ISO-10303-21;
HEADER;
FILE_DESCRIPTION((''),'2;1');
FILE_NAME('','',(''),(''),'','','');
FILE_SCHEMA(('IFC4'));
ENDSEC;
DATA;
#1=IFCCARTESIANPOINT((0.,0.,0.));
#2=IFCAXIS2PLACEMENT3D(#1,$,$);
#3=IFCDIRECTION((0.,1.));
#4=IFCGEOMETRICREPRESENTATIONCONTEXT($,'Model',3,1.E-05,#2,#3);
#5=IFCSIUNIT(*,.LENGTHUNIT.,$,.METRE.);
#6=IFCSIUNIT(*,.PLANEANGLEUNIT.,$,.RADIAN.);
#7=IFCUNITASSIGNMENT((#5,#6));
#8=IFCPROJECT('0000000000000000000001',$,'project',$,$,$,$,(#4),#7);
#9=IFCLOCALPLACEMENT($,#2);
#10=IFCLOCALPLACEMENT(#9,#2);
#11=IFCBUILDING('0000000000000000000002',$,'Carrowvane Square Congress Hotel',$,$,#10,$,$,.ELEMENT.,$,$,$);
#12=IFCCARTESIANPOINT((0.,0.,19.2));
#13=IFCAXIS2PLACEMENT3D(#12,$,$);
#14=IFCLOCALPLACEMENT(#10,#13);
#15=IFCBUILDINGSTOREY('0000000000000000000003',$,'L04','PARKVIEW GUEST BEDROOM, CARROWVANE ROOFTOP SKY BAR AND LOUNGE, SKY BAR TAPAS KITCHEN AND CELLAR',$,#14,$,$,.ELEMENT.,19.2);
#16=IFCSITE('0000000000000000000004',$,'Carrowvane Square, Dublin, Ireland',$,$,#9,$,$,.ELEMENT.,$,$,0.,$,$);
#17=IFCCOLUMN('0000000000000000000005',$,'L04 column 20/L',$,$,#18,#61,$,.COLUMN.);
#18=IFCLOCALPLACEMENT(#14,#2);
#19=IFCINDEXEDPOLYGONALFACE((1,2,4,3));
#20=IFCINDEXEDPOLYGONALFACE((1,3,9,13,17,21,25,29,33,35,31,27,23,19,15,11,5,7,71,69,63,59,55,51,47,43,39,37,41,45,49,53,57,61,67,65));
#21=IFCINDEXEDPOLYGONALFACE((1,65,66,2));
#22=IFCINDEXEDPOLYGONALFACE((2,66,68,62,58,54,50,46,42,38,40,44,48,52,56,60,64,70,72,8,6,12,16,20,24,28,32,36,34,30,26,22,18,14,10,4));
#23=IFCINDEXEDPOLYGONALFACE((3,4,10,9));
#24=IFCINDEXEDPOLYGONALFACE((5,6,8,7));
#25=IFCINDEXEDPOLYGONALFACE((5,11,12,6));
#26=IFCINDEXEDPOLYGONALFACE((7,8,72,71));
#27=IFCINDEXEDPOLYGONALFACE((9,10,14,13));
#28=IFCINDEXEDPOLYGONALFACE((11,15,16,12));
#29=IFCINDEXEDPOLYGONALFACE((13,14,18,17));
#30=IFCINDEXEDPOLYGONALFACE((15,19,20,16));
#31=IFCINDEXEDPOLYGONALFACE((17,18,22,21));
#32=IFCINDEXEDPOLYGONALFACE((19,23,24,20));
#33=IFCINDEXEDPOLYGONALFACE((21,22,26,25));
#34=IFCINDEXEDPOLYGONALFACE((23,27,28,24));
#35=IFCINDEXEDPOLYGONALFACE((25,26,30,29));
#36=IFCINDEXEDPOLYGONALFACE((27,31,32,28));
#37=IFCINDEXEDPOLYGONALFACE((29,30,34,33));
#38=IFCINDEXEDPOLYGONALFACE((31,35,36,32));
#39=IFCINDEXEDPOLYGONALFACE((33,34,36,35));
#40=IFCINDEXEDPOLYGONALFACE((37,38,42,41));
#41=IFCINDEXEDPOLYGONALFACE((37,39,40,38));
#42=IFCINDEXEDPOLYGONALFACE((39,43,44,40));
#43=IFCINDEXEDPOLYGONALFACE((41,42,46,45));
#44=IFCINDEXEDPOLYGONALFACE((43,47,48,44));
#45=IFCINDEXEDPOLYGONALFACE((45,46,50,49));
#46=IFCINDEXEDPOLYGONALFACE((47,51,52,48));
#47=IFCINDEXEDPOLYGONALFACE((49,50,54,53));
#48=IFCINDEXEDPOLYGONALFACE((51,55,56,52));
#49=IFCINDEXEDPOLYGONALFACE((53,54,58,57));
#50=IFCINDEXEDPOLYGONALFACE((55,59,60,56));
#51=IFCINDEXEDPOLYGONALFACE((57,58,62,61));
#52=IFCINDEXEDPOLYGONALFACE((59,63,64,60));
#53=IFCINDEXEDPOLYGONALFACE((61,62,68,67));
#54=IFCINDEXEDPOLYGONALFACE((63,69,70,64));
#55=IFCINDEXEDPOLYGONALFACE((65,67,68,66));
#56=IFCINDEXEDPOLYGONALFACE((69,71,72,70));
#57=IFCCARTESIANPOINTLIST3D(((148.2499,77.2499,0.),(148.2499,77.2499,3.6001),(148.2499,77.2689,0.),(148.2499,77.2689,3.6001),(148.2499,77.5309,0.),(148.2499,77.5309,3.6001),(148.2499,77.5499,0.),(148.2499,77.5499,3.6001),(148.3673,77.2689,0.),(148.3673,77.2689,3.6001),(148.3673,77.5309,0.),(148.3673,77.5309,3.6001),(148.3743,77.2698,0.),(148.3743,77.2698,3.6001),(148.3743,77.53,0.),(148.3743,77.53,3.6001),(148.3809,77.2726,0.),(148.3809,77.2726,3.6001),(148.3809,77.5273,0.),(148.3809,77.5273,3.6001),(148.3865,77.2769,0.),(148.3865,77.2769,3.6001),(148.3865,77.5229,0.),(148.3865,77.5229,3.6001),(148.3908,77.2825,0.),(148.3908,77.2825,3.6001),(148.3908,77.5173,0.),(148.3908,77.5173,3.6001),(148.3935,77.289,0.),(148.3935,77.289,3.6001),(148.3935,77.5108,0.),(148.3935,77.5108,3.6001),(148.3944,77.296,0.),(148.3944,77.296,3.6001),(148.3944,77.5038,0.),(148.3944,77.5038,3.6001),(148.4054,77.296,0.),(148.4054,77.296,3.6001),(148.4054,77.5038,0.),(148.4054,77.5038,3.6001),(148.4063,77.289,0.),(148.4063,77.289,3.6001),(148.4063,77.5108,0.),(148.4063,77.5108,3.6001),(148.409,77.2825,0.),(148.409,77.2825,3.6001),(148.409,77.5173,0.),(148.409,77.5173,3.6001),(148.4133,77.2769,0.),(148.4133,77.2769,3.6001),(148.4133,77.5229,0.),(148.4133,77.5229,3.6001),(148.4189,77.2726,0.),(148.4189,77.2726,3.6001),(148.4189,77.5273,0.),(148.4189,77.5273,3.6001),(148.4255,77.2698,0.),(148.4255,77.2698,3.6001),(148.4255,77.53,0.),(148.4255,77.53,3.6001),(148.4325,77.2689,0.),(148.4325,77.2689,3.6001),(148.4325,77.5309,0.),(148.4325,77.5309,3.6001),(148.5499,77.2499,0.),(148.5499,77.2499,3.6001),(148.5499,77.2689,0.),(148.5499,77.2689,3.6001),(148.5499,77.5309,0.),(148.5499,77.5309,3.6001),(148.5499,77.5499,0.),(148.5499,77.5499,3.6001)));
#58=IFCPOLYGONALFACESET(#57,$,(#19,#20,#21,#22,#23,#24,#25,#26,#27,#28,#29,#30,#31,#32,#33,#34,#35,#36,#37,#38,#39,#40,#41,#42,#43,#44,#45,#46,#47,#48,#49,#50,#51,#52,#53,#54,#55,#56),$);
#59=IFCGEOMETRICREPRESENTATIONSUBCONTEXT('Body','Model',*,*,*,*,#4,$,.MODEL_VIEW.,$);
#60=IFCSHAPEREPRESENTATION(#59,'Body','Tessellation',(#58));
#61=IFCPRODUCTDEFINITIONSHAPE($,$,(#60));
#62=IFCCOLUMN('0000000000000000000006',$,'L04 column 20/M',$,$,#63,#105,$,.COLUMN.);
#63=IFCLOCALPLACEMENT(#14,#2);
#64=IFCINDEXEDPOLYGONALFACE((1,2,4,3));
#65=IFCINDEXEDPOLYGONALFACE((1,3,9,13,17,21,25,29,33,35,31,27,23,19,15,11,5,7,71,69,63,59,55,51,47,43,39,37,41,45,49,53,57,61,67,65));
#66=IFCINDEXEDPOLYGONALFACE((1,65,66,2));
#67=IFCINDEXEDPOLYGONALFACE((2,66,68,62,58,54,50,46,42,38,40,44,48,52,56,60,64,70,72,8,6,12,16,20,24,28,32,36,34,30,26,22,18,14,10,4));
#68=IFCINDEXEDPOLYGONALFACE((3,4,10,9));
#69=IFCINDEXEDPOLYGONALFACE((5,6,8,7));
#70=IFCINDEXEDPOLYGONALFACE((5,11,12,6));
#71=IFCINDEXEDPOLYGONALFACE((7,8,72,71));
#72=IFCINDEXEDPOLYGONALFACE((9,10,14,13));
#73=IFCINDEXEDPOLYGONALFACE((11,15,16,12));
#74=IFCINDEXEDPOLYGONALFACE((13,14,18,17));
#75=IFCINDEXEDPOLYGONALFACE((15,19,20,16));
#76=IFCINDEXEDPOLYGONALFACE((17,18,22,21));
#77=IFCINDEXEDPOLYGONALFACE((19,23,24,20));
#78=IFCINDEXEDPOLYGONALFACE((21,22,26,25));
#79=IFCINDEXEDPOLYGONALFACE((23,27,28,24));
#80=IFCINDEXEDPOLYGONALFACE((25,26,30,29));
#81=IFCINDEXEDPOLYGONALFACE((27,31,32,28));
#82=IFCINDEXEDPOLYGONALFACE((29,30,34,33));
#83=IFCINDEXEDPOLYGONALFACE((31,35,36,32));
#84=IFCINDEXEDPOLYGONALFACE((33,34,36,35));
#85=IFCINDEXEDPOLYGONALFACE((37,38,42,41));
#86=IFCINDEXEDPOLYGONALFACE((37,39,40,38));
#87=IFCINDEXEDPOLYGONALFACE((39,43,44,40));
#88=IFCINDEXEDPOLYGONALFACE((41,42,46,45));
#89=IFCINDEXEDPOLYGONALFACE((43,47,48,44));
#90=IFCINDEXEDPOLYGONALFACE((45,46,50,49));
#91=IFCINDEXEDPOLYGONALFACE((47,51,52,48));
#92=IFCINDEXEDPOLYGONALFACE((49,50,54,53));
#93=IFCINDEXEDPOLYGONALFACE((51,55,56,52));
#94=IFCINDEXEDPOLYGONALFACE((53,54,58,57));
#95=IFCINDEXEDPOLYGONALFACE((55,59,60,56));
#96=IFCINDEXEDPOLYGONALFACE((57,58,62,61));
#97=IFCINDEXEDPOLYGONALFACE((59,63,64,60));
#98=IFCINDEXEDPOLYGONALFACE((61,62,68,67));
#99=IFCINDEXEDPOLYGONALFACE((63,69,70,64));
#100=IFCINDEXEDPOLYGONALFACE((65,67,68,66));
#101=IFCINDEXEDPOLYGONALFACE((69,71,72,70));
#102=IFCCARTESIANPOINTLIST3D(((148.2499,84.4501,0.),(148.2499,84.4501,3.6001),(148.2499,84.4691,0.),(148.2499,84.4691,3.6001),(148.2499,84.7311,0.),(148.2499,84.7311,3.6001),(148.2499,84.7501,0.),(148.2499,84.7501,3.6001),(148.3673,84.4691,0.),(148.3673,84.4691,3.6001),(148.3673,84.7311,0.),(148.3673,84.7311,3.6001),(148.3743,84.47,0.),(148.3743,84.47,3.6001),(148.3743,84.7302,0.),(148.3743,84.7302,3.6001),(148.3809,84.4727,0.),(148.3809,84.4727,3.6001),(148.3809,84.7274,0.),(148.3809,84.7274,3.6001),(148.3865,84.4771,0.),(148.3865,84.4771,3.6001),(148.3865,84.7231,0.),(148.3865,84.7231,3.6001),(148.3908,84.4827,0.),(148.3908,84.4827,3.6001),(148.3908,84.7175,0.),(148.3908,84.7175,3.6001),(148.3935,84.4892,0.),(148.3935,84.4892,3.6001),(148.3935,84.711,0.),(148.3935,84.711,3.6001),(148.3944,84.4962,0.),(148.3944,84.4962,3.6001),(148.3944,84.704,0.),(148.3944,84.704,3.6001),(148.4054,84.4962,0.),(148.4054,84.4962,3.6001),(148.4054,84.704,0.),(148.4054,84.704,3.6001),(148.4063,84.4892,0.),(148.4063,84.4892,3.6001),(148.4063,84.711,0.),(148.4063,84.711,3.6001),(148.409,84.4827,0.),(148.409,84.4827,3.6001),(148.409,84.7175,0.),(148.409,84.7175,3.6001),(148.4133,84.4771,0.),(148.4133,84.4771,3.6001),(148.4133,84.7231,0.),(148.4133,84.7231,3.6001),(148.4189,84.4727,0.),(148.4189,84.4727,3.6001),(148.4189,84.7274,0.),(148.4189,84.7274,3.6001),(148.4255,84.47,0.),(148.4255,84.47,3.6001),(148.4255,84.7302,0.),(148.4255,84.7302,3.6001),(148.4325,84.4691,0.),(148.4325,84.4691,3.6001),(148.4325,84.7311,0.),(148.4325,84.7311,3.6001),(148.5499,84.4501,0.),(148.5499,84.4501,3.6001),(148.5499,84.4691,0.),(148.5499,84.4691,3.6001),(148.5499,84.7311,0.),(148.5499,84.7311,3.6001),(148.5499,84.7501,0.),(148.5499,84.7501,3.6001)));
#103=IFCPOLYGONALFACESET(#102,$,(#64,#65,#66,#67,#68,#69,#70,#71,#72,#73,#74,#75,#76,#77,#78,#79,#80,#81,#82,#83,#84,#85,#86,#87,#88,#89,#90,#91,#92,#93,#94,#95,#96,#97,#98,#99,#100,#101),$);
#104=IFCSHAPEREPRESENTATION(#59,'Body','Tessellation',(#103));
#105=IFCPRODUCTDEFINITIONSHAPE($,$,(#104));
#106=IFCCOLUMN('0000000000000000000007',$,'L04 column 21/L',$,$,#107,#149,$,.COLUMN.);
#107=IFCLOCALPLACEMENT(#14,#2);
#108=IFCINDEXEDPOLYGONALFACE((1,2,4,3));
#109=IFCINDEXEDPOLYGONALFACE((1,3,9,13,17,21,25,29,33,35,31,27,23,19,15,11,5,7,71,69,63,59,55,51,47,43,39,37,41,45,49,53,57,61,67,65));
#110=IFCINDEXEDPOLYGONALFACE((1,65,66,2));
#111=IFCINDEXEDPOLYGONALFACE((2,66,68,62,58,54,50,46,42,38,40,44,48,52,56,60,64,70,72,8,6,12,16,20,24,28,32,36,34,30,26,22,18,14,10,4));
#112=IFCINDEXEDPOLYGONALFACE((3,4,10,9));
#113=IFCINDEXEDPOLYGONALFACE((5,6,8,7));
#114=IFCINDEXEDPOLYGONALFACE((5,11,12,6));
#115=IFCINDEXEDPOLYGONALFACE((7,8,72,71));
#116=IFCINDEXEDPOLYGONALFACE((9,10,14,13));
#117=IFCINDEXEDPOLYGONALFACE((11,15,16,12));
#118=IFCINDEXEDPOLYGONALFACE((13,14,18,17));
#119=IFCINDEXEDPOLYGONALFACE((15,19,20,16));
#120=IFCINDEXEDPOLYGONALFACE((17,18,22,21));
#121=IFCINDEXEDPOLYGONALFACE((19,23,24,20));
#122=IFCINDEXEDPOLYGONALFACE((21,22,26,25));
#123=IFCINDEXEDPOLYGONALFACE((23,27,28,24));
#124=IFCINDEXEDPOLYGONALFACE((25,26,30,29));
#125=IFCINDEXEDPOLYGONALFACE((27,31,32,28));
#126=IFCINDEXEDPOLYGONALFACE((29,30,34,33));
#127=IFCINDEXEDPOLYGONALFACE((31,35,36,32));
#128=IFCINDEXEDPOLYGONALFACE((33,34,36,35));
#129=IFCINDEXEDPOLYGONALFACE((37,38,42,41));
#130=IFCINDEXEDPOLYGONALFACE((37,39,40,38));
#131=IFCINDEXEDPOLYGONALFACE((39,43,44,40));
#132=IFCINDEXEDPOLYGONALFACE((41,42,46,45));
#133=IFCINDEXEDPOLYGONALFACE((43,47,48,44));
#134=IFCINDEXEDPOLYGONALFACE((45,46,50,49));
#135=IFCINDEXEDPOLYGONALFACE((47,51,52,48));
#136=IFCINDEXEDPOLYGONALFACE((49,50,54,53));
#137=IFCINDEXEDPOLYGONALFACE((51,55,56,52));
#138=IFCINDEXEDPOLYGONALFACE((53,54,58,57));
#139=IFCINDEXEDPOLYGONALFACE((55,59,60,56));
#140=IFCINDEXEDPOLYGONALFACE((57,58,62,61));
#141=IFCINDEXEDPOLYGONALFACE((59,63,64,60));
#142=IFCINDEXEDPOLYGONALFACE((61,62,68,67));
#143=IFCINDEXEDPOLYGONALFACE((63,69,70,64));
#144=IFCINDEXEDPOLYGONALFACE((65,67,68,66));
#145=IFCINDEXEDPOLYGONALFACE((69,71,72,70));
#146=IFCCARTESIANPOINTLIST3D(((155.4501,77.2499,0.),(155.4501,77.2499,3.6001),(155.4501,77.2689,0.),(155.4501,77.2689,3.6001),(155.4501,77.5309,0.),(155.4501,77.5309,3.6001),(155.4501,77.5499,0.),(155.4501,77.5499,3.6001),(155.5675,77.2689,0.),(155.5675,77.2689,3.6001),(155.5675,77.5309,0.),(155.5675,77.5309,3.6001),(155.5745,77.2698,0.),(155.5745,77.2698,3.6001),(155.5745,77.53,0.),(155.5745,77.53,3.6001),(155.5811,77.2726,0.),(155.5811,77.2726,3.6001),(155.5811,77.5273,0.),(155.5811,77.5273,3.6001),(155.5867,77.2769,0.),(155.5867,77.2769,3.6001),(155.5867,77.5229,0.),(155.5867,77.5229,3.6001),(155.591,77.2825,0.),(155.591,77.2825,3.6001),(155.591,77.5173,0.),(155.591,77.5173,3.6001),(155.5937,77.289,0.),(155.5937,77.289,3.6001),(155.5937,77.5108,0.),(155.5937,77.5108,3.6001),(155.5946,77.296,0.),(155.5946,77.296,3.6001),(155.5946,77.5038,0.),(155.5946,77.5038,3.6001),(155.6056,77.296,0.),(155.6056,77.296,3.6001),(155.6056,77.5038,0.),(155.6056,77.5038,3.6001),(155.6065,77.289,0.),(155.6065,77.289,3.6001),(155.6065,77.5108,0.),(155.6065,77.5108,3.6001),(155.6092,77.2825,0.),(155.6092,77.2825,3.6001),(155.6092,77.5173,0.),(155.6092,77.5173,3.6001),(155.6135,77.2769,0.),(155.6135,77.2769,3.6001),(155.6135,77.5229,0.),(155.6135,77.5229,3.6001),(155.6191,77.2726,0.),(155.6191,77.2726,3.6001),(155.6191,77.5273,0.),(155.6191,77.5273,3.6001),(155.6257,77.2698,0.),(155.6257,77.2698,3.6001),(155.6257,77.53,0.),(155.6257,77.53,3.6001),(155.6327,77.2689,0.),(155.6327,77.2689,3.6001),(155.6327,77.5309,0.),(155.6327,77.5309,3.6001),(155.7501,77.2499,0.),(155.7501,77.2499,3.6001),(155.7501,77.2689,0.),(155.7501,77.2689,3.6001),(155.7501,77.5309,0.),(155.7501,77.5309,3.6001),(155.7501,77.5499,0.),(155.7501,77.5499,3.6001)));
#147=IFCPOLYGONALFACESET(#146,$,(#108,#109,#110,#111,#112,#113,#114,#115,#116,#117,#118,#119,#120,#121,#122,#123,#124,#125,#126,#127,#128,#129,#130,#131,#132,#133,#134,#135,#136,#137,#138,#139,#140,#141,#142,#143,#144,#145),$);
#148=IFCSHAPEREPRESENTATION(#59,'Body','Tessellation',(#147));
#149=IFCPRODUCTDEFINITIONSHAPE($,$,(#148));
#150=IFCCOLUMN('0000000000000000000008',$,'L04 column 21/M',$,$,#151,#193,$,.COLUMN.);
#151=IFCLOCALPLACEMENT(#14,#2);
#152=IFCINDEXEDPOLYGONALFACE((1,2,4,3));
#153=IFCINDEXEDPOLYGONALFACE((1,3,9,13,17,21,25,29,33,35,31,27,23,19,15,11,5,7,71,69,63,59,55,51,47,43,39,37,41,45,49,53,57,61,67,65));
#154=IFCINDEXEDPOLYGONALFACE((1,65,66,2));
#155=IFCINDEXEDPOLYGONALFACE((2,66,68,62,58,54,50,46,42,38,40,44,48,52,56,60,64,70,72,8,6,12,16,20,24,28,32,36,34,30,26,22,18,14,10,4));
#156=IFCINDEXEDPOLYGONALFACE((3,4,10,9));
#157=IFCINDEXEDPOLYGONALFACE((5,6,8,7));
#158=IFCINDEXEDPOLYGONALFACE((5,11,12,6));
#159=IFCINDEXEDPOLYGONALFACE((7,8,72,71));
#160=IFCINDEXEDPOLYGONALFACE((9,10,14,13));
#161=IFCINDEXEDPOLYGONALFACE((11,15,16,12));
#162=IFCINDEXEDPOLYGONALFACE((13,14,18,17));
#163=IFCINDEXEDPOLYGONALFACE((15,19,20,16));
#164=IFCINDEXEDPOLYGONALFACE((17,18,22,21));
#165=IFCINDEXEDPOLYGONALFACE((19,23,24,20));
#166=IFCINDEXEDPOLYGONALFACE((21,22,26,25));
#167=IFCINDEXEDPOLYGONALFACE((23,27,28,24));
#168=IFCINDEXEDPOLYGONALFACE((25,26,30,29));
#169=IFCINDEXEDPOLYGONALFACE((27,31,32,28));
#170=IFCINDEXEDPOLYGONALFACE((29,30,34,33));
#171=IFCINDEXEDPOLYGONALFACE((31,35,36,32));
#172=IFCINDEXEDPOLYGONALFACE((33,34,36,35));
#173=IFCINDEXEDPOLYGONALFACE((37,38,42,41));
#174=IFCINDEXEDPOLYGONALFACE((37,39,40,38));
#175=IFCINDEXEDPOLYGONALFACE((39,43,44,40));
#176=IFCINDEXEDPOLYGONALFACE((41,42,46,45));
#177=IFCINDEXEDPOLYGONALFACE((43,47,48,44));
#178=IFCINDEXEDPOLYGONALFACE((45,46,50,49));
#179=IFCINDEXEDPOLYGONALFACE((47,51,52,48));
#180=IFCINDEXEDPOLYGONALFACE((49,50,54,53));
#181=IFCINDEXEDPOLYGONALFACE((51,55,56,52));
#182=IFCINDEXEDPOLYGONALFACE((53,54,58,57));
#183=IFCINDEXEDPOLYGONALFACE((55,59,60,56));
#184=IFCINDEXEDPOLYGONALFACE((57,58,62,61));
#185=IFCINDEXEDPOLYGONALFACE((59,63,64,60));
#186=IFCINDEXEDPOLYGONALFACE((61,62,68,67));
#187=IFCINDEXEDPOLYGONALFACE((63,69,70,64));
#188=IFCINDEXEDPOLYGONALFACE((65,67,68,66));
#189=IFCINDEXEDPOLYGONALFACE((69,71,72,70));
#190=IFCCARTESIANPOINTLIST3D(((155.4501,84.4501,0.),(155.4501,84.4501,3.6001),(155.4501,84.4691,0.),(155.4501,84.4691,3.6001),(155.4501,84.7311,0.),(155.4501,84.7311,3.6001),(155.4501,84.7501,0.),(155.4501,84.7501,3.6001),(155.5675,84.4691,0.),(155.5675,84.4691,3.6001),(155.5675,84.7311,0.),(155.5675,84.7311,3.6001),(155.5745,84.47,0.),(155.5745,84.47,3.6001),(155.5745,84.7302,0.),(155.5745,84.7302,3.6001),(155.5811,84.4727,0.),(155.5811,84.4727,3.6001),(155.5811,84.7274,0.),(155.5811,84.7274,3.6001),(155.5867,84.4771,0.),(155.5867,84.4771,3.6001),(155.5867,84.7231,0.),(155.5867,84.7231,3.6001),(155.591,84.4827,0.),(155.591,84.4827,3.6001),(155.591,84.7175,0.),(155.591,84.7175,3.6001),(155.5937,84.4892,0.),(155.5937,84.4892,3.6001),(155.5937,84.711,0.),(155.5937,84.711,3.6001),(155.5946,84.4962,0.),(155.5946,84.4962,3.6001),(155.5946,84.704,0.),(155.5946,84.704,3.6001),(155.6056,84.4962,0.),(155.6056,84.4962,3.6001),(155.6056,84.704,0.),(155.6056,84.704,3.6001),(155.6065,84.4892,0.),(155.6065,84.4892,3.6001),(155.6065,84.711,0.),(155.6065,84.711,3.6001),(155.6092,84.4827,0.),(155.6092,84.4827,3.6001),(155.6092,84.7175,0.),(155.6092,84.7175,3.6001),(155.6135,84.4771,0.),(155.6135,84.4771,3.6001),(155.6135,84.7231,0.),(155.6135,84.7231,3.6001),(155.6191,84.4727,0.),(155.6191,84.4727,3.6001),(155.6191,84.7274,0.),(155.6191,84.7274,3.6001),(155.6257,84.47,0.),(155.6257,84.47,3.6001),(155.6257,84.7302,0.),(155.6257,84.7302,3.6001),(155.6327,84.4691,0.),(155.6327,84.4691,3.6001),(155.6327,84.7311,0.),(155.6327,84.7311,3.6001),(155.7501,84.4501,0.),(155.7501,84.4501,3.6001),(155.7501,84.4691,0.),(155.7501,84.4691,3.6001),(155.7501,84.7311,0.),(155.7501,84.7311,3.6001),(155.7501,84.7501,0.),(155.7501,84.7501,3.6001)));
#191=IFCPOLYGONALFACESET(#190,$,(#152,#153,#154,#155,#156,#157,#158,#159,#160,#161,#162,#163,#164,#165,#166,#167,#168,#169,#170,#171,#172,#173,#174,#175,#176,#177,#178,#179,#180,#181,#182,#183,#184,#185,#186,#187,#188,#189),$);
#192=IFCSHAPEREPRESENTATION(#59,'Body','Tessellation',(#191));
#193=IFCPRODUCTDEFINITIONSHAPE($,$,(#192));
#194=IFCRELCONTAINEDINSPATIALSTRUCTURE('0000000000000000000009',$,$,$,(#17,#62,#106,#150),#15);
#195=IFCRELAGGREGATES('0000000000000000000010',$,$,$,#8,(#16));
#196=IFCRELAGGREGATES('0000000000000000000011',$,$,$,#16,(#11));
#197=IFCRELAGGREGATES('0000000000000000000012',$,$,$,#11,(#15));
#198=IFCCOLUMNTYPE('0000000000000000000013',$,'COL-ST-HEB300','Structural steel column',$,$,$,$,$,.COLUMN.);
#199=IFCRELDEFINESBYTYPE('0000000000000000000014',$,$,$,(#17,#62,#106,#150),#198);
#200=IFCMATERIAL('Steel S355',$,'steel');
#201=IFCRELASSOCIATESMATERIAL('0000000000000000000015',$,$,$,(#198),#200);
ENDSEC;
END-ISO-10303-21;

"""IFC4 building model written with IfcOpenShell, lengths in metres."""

from ifc_helpers import new_model, si_unit, direction, frame, origin, origin_2d, place, context, subcontext, project, spatial, i_section, extrude, material, material_profile, profile_set, type_object, element, save


model = new_model("IFC4")

# Units and contexts
model_context = context("Model", 3, precision=1e-05, world=origin(), true_north=direction((0.0, 1.0)))
body_context = subcontext(model_context, "Body", "Model", "MODEL_VIEW")
ifc_project = project(units=[si_unit("LENGTHUNIT", "METRE"), si_unit("PLANEANGLEUNIT", "RADIAN")], contexts=[model_context])

# Site, building, storey
site_placement = place(None, origin())
site = spatial("IfcSite", under=ifc_project, at=site_placement, Name="Carrowvane Square, Dublin, Ireland", CompositionType="ELEMENT", RefElevation=0.0)
building_placement = place(site_placement, origin())
building = spatial("IfcBuilding", under=site, at=building_placement, Name="Carrowvane Square Congress Hotel", CompositionType="ELEMENT")
storey_placement = place(building_placement, frame((0.0, 0.0, 19.2)))
storey = spatial("IfcBuildingStorey", under=building, at=storey_placement, Name="L04", Description="PARKVIEW GUEST BEDROOM, CARROWVANE ROOFTOP SKY BAR AND LOUNGE, SKY BAR TAPAS KITCHEN AND CELLAR", CompositionType="ELEMENT", Elevation=19.2)

# Columns
ifc_material_1 = material(Name="Steel S355", Category="steel")
ifc_material_profile_1 = material_profile(ifc_material_1, i_section(OverallWidth=0.3, OverallDepth=0.3, WebThickness=0.011, FlangeThickness=0.019, FilletRadius=0.0271, at=origin_2d()), Name="HEB 300")
ifc_profile_set_1 = profile_set([ifc_material_profile_1], Name="Steel S355")
column_type = type_object("IfcColumnType", Name="COL-ST-HEB300", Description="Structural steel column", PredefinedType="COLUMN", material=ifc_profile_set_1)
for number, where, z_axis, x_axis, name in (
    (1, (148.3999, 77.3999, 0.0), (0.0, 0.0, 1.0), (1.0, 0.0, 0.0), "L04 column 20/L"),
    (2, (148.3999, 84.6001, 0.0), (0.0, 0.0, 1.0), (1.0, 0.0, 0.0), "L04 column 20/M"),
    (3, (155.6001, 77.3999, 0.0), (0.0, 0.0, 1.0), (1.0, 0.0, 0.0), "L04 column 21/L"),
    (4, (155.6001, 84.6001, 0.0), (0.0, 0.0, 1.0), (1.0, 0.0, 0.0), "L04 column 21/M"),
):
    element("IfcColumn", number, at=place(storey_placement, frame(where, z_axis=z_axis, x_axis=x_axis)), inside=storey, type_object=column_type, Name=name, PredefinedType="COLUMN", context=body_context, shape_type="SweptSolid", body=[
        extrude(i_section(OverallWidth=0.3, OverallDepth=0.3, WebThickness=0.011, FlangeThickness=0.019, FilletRadius=0.0271, at=origin_2d()), origin(), (0.0, 0.0, 1.0), 3.6001),
    ])

save(model, "model.ifc")
